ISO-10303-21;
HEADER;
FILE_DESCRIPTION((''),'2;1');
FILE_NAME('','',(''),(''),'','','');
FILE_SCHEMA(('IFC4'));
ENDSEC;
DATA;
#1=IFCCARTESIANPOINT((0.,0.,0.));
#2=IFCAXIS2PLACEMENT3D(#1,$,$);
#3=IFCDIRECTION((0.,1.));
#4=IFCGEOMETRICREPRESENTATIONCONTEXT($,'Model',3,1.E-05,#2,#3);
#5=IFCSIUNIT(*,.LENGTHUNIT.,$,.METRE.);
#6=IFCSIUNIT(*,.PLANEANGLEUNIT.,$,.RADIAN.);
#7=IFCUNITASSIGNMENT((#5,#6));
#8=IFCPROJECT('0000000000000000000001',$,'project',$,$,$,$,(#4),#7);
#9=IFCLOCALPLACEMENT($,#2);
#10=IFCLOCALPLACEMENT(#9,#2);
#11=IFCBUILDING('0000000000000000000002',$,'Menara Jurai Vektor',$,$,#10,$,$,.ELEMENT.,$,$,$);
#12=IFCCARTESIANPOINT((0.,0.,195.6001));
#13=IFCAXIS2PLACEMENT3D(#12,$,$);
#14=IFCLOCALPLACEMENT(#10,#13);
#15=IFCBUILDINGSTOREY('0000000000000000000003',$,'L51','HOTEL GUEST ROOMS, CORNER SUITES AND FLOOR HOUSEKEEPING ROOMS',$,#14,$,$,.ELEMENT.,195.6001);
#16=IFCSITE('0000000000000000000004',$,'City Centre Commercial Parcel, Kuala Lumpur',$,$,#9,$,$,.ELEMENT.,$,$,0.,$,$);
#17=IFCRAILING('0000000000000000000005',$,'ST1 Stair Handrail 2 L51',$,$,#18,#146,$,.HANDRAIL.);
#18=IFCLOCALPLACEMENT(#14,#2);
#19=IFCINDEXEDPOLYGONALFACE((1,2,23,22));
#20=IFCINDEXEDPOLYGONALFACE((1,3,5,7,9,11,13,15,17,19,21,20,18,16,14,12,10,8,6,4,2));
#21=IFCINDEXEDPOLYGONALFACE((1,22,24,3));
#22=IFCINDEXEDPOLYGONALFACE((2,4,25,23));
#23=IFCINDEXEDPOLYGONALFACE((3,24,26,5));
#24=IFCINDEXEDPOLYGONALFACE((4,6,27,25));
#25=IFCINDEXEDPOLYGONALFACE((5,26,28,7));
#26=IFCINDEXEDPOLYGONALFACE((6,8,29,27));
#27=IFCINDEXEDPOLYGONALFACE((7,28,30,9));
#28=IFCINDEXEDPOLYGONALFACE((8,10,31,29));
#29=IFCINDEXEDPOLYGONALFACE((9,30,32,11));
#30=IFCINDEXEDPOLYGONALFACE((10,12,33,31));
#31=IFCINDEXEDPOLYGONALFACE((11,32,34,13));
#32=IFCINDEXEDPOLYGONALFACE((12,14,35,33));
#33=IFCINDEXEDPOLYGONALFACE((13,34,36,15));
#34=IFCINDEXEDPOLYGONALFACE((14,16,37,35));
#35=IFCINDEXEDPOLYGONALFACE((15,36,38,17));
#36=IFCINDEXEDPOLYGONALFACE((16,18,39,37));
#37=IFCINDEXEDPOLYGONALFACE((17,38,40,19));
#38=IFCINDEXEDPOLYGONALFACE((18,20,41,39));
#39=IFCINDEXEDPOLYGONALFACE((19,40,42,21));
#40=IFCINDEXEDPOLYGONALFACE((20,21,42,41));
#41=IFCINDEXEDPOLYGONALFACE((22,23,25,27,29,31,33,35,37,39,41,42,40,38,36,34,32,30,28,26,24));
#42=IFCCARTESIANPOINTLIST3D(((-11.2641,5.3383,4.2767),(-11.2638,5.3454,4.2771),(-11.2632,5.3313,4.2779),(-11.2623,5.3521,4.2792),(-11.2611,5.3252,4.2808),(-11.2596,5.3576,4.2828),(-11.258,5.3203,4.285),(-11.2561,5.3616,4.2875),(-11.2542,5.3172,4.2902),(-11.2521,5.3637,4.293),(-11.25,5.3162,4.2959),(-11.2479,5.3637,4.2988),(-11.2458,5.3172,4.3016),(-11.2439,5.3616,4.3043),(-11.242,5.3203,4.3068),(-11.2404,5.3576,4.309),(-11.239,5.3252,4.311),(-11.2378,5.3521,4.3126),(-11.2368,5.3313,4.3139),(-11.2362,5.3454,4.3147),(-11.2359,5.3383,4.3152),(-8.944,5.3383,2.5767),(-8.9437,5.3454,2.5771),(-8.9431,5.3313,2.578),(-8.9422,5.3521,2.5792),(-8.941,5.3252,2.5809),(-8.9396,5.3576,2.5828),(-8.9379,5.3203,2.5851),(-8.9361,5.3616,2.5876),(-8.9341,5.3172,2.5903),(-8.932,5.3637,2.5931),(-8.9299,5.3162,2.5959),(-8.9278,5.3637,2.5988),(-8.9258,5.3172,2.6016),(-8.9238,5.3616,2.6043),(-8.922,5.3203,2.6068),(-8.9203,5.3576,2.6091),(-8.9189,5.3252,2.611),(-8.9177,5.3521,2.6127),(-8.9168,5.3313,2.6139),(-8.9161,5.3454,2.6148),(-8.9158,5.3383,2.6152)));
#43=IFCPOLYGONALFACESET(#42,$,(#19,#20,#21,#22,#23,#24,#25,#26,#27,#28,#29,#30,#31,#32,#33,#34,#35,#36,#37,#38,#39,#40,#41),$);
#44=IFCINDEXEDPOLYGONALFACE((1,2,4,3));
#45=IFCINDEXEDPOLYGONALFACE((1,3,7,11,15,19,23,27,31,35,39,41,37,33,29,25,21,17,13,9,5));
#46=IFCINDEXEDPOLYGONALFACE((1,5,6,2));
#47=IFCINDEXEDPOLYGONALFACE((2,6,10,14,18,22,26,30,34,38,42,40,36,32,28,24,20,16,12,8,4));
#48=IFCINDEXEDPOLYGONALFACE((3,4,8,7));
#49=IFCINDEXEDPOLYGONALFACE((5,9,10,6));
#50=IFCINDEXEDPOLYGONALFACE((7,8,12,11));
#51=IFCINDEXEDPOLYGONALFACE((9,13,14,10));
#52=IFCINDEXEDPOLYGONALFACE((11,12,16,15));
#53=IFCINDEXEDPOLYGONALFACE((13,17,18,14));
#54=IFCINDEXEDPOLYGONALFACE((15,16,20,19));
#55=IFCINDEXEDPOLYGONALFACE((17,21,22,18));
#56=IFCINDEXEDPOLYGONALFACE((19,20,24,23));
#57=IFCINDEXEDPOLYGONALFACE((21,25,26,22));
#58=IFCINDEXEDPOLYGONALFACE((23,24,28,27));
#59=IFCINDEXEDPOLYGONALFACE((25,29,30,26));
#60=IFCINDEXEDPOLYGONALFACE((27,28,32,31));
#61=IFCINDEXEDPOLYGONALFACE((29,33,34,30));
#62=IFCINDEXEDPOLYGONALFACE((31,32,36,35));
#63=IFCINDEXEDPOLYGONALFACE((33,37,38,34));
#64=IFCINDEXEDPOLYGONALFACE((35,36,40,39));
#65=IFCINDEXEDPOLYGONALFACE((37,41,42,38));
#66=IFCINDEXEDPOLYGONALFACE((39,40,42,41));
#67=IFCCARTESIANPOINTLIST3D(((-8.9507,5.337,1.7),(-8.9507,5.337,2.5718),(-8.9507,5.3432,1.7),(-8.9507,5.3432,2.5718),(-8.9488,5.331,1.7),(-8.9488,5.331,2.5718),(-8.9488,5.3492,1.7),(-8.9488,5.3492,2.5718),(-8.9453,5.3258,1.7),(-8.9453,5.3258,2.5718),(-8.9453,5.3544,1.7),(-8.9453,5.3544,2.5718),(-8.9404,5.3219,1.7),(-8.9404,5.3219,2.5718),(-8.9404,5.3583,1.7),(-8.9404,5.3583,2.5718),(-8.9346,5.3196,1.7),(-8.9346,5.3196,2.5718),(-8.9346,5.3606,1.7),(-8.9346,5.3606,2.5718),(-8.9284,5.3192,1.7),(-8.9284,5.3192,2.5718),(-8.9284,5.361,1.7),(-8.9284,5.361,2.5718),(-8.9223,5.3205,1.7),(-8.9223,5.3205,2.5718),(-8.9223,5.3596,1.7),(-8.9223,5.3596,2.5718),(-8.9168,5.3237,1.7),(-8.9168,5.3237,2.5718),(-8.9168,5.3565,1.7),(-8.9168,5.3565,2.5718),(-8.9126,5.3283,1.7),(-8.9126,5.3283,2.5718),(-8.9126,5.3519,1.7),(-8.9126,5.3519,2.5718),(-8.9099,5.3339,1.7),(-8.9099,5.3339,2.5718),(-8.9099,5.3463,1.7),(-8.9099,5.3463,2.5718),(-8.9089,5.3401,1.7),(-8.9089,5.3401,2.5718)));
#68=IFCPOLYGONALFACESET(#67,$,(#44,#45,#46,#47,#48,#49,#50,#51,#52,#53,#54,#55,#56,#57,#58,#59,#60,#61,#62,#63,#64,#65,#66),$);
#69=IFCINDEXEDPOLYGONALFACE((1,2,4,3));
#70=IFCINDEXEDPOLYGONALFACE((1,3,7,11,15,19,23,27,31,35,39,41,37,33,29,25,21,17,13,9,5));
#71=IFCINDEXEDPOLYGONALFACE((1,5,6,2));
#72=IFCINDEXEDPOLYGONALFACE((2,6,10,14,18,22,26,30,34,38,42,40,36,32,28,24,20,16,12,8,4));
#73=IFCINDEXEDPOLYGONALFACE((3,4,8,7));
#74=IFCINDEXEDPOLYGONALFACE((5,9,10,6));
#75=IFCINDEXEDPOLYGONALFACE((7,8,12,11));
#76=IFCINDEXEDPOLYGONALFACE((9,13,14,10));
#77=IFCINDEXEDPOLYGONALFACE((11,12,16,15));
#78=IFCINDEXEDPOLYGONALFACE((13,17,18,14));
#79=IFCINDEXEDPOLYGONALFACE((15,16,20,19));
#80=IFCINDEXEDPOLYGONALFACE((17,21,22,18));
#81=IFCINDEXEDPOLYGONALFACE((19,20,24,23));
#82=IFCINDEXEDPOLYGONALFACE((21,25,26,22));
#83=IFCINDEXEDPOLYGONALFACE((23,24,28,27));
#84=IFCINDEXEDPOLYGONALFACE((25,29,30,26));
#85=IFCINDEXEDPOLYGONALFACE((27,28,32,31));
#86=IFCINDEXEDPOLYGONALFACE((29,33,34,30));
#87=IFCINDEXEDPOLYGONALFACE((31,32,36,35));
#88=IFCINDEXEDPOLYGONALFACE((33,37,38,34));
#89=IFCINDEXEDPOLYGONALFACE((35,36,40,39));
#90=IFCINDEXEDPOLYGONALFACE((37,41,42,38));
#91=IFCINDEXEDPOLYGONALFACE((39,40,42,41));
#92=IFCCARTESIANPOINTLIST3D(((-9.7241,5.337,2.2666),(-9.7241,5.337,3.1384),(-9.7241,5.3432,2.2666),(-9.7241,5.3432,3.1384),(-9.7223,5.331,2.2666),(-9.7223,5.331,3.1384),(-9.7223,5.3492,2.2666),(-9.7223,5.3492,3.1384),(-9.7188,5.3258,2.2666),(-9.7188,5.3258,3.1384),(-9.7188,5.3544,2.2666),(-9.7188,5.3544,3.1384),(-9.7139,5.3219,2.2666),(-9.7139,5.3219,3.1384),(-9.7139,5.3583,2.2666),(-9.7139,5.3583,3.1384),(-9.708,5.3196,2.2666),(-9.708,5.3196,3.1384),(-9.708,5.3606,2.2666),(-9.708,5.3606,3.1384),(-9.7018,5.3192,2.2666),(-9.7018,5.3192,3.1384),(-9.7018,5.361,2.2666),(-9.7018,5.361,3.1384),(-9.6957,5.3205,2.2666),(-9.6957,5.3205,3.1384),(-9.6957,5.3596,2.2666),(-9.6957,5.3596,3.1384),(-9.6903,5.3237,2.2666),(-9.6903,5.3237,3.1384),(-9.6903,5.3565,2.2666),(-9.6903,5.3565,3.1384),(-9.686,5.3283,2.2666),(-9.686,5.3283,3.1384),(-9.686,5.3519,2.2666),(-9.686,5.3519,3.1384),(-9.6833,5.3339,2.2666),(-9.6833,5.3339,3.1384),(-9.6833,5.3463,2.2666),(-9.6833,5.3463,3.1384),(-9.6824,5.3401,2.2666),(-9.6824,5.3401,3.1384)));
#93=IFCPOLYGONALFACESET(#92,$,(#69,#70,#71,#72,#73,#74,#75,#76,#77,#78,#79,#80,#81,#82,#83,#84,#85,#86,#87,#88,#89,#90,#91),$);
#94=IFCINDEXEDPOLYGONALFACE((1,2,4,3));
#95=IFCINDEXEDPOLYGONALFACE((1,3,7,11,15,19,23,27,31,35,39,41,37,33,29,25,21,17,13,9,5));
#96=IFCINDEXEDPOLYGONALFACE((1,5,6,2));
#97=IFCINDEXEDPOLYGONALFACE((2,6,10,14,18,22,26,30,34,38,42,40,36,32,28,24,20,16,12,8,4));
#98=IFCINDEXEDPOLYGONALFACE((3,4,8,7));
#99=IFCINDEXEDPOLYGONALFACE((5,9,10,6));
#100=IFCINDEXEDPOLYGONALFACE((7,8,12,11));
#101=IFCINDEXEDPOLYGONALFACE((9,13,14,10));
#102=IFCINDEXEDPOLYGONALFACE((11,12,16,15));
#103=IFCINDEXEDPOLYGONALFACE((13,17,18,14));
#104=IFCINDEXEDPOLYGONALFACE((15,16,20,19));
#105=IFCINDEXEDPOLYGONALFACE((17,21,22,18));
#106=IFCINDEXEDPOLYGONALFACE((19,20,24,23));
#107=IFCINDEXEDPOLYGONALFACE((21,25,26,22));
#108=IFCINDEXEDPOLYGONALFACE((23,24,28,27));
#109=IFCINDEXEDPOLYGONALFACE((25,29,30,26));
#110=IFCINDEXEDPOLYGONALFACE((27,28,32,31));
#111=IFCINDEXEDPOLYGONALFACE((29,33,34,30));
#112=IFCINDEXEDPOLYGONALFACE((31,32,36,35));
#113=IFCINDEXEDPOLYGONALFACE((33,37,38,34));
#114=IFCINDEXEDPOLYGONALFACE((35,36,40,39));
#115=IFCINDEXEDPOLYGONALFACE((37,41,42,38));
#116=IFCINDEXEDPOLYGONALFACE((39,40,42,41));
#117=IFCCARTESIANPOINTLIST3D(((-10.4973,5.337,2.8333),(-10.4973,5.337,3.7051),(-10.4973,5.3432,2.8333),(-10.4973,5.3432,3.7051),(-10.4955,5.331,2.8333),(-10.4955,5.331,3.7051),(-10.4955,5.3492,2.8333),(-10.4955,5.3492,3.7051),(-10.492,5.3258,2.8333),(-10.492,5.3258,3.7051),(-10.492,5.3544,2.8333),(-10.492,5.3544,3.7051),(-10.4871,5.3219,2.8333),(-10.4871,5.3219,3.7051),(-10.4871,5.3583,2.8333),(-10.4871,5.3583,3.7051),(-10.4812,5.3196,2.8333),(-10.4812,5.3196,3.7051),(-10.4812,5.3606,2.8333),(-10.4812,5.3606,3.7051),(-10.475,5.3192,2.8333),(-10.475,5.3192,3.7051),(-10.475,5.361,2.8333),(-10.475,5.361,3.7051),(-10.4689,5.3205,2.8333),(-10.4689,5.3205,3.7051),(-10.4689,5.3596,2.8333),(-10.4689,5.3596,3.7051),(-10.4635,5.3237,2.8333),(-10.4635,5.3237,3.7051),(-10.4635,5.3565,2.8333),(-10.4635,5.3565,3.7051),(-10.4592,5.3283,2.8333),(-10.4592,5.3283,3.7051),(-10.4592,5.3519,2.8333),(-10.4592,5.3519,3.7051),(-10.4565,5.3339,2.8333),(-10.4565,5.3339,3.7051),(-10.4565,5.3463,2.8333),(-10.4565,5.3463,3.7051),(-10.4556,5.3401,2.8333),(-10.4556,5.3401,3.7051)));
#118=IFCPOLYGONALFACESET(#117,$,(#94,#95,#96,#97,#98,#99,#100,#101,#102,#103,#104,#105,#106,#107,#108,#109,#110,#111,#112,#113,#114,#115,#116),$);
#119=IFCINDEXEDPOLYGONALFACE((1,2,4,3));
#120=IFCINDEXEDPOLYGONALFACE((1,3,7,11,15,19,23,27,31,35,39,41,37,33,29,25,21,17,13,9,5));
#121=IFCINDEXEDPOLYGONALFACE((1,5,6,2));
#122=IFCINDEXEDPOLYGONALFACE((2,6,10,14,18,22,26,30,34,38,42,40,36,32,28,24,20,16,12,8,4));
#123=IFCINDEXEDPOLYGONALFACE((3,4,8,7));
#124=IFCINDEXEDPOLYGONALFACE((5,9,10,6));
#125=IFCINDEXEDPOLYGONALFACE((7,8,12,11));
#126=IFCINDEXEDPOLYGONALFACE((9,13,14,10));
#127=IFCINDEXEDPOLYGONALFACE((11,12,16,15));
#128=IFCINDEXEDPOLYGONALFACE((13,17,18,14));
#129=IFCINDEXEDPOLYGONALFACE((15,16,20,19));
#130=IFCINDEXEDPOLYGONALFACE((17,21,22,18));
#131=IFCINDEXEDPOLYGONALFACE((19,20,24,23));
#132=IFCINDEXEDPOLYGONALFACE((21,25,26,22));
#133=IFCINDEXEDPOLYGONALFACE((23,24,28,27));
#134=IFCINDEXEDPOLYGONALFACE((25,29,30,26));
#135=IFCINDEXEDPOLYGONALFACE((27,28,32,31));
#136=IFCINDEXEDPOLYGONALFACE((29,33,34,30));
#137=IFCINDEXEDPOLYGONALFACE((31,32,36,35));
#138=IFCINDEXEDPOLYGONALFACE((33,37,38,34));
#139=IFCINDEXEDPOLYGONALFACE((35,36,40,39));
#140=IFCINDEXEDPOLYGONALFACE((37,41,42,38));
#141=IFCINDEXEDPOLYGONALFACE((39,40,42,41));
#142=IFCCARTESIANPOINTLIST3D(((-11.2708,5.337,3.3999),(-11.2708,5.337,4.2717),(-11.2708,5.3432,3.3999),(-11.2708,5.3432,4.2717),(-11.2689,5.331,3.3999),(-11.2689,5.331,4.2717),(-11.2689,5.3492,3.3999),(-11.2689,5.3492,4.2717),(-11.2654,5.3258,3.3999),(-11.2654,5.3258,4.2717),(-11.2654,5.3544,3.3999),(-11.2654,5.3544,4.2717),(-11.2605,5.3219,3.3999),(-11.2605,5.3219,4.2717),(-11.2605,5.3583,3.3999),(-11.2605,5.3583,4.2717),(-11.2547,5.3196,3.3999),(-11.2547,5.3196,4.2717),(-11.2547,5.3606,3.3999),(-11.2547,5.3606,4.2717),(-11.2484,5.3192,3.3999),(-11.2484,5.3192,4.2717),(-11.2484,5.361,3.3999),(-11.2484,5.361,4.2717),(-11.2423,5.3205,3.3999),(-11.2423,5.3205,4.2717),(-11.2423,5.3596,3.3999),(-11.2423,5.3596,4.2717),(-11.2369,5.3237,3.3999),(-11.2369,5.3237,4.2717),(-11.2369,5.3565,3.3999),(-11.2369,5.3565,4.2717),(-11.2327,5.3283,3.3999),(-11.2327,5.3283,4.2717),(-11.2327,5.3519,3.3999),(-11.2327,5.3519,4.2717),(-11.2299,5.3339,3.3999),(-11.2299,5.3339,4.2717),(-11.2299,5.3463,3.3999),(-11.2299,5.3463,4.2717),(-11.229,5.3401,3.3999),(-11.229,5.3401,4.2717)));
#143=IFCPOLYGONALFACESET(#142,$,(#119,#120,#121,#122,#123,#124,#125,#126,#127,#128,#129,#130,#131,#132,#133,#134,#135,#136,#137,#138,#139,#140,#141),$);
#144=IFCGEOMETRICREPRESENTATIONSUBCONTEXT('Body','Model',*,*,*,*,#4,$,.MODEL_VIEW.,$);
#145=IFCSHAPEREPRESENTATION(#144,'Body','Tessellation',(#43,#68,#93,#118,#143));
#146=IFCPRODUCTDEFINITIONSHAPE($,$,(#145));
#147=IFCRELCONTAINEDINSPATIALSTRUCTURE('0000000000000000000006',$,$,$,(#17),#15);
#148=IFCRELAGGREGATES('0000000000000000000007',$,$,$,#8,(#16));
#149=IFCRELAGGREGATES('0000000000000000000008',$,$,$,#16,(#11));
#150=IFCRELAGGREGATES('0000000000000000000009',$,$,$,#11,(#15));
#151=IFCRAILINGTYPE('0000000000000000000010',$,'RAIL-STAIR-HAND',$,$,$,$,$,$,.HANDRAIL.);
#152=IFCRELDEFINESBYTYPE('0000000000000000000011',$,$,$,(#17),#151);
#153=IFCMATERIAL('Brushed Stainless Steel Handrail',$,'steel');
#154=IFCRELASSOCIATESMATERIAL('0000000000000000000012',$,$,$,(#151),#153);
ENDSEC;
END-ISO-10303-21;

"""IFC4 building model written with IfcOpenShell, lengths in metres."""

from ifc_helpers import new_model, si_unit, direction, frame, origin, origin_2d, place, context, subcontext, project, spatial, circle, extrude, material, type_object, element, save


model = new_model("IFC4")

# Units and contexts
model_context = context("Model", 3, precision=1e-05, world=origin(), true_north=direction((0.0, 1.0)))
body_context = subcontext(model_context, "Body", "Model", "MODEL_VIEW")
ifc_project = project(units=[si_unit("LENGTHUNIT", "METRE"), si_unit("PLANEANGLEUNIT", "RADIAN")], contexts=[model_context])

# Site, building, storey
site_placement = place(None, origin())
site = spatial("IfcSite", under=ifc_project, at=site_placement, Name="City Centre Commercial Parcel, Kuala Lumpur", CompositionType="ELEMENT", RefElevation=0.0)
building_placement = place(site_placement, origin())
building = spatial("IfcBuilding", under=site, at=building_placement, Name="Menara Jurai Vektor", CompositionType="ELEMENT")
storey_placement = place(building_placement, frame((0.0, 0.0, 195.6001)))
storey = spatial("IfcBuildingStorey", under=building, at=storey_placement, Name="L51", Description="HOTEL GUEST ROOMS, CORNER SUITES AND FLOOR HOUSEKEEPING ROOMS", CompositionType="ELEMENT", Elevation=195.6001)

# Railing
ifc_material_1 = material(Name="Brushed Stainless Steel Handrail", Category="steel")
railing_type_1 = type_object("IfcRailingType", Name="RAIL-STAIR-HAND", PredefinedType="HANDRAIL", material=ifc_material_1)
railing_1_placement = place(storey_placement, frame((-8.9299, 5.3401, 1.7)))
element("IfcRailing", 1, at=railing_1_placement, inside=storey, type_object=railing_type_1, Name="ST1 Stair Handrail 2 L51", PredefinedType="HANDRAIL", context=body_context, shape_type="SweptSolid", body=[
    extrude(circle(Radius=0.0239, at=origin_2d()), frame((0.0, 0.0, 0.896), z_axis=(-0.806642, 0.0, 0.59104), x_axis=(0.0, -1.0, 0.0)), (0.0, 0.0, 1.0), 2.8762),
    extrude(circle(Radius=0.021, at=origin_2d()), origin(), (0.0, 0.0, 1.0), 0.8718),
    extrude(circle(Radius=0.021, at=origin_2d()), frame((-0.7734, 0.0, 0.5667)), (0.0, 0.0, 1.0), 0.8718),
    extrude(circle(Radius=0.021, at=origin_2d()), frame((-1.5466, 0.0, 1.1333)), (0.0, 0.0, 1.0), 0.8718),
    extrude(circle(Radius=0.021, at=origin_2d()), frame((-2.3201, 0.0, 1.7)), (0.0, 0.0, 1.0), 0.8718),
])

save(model, "model.ifc")
